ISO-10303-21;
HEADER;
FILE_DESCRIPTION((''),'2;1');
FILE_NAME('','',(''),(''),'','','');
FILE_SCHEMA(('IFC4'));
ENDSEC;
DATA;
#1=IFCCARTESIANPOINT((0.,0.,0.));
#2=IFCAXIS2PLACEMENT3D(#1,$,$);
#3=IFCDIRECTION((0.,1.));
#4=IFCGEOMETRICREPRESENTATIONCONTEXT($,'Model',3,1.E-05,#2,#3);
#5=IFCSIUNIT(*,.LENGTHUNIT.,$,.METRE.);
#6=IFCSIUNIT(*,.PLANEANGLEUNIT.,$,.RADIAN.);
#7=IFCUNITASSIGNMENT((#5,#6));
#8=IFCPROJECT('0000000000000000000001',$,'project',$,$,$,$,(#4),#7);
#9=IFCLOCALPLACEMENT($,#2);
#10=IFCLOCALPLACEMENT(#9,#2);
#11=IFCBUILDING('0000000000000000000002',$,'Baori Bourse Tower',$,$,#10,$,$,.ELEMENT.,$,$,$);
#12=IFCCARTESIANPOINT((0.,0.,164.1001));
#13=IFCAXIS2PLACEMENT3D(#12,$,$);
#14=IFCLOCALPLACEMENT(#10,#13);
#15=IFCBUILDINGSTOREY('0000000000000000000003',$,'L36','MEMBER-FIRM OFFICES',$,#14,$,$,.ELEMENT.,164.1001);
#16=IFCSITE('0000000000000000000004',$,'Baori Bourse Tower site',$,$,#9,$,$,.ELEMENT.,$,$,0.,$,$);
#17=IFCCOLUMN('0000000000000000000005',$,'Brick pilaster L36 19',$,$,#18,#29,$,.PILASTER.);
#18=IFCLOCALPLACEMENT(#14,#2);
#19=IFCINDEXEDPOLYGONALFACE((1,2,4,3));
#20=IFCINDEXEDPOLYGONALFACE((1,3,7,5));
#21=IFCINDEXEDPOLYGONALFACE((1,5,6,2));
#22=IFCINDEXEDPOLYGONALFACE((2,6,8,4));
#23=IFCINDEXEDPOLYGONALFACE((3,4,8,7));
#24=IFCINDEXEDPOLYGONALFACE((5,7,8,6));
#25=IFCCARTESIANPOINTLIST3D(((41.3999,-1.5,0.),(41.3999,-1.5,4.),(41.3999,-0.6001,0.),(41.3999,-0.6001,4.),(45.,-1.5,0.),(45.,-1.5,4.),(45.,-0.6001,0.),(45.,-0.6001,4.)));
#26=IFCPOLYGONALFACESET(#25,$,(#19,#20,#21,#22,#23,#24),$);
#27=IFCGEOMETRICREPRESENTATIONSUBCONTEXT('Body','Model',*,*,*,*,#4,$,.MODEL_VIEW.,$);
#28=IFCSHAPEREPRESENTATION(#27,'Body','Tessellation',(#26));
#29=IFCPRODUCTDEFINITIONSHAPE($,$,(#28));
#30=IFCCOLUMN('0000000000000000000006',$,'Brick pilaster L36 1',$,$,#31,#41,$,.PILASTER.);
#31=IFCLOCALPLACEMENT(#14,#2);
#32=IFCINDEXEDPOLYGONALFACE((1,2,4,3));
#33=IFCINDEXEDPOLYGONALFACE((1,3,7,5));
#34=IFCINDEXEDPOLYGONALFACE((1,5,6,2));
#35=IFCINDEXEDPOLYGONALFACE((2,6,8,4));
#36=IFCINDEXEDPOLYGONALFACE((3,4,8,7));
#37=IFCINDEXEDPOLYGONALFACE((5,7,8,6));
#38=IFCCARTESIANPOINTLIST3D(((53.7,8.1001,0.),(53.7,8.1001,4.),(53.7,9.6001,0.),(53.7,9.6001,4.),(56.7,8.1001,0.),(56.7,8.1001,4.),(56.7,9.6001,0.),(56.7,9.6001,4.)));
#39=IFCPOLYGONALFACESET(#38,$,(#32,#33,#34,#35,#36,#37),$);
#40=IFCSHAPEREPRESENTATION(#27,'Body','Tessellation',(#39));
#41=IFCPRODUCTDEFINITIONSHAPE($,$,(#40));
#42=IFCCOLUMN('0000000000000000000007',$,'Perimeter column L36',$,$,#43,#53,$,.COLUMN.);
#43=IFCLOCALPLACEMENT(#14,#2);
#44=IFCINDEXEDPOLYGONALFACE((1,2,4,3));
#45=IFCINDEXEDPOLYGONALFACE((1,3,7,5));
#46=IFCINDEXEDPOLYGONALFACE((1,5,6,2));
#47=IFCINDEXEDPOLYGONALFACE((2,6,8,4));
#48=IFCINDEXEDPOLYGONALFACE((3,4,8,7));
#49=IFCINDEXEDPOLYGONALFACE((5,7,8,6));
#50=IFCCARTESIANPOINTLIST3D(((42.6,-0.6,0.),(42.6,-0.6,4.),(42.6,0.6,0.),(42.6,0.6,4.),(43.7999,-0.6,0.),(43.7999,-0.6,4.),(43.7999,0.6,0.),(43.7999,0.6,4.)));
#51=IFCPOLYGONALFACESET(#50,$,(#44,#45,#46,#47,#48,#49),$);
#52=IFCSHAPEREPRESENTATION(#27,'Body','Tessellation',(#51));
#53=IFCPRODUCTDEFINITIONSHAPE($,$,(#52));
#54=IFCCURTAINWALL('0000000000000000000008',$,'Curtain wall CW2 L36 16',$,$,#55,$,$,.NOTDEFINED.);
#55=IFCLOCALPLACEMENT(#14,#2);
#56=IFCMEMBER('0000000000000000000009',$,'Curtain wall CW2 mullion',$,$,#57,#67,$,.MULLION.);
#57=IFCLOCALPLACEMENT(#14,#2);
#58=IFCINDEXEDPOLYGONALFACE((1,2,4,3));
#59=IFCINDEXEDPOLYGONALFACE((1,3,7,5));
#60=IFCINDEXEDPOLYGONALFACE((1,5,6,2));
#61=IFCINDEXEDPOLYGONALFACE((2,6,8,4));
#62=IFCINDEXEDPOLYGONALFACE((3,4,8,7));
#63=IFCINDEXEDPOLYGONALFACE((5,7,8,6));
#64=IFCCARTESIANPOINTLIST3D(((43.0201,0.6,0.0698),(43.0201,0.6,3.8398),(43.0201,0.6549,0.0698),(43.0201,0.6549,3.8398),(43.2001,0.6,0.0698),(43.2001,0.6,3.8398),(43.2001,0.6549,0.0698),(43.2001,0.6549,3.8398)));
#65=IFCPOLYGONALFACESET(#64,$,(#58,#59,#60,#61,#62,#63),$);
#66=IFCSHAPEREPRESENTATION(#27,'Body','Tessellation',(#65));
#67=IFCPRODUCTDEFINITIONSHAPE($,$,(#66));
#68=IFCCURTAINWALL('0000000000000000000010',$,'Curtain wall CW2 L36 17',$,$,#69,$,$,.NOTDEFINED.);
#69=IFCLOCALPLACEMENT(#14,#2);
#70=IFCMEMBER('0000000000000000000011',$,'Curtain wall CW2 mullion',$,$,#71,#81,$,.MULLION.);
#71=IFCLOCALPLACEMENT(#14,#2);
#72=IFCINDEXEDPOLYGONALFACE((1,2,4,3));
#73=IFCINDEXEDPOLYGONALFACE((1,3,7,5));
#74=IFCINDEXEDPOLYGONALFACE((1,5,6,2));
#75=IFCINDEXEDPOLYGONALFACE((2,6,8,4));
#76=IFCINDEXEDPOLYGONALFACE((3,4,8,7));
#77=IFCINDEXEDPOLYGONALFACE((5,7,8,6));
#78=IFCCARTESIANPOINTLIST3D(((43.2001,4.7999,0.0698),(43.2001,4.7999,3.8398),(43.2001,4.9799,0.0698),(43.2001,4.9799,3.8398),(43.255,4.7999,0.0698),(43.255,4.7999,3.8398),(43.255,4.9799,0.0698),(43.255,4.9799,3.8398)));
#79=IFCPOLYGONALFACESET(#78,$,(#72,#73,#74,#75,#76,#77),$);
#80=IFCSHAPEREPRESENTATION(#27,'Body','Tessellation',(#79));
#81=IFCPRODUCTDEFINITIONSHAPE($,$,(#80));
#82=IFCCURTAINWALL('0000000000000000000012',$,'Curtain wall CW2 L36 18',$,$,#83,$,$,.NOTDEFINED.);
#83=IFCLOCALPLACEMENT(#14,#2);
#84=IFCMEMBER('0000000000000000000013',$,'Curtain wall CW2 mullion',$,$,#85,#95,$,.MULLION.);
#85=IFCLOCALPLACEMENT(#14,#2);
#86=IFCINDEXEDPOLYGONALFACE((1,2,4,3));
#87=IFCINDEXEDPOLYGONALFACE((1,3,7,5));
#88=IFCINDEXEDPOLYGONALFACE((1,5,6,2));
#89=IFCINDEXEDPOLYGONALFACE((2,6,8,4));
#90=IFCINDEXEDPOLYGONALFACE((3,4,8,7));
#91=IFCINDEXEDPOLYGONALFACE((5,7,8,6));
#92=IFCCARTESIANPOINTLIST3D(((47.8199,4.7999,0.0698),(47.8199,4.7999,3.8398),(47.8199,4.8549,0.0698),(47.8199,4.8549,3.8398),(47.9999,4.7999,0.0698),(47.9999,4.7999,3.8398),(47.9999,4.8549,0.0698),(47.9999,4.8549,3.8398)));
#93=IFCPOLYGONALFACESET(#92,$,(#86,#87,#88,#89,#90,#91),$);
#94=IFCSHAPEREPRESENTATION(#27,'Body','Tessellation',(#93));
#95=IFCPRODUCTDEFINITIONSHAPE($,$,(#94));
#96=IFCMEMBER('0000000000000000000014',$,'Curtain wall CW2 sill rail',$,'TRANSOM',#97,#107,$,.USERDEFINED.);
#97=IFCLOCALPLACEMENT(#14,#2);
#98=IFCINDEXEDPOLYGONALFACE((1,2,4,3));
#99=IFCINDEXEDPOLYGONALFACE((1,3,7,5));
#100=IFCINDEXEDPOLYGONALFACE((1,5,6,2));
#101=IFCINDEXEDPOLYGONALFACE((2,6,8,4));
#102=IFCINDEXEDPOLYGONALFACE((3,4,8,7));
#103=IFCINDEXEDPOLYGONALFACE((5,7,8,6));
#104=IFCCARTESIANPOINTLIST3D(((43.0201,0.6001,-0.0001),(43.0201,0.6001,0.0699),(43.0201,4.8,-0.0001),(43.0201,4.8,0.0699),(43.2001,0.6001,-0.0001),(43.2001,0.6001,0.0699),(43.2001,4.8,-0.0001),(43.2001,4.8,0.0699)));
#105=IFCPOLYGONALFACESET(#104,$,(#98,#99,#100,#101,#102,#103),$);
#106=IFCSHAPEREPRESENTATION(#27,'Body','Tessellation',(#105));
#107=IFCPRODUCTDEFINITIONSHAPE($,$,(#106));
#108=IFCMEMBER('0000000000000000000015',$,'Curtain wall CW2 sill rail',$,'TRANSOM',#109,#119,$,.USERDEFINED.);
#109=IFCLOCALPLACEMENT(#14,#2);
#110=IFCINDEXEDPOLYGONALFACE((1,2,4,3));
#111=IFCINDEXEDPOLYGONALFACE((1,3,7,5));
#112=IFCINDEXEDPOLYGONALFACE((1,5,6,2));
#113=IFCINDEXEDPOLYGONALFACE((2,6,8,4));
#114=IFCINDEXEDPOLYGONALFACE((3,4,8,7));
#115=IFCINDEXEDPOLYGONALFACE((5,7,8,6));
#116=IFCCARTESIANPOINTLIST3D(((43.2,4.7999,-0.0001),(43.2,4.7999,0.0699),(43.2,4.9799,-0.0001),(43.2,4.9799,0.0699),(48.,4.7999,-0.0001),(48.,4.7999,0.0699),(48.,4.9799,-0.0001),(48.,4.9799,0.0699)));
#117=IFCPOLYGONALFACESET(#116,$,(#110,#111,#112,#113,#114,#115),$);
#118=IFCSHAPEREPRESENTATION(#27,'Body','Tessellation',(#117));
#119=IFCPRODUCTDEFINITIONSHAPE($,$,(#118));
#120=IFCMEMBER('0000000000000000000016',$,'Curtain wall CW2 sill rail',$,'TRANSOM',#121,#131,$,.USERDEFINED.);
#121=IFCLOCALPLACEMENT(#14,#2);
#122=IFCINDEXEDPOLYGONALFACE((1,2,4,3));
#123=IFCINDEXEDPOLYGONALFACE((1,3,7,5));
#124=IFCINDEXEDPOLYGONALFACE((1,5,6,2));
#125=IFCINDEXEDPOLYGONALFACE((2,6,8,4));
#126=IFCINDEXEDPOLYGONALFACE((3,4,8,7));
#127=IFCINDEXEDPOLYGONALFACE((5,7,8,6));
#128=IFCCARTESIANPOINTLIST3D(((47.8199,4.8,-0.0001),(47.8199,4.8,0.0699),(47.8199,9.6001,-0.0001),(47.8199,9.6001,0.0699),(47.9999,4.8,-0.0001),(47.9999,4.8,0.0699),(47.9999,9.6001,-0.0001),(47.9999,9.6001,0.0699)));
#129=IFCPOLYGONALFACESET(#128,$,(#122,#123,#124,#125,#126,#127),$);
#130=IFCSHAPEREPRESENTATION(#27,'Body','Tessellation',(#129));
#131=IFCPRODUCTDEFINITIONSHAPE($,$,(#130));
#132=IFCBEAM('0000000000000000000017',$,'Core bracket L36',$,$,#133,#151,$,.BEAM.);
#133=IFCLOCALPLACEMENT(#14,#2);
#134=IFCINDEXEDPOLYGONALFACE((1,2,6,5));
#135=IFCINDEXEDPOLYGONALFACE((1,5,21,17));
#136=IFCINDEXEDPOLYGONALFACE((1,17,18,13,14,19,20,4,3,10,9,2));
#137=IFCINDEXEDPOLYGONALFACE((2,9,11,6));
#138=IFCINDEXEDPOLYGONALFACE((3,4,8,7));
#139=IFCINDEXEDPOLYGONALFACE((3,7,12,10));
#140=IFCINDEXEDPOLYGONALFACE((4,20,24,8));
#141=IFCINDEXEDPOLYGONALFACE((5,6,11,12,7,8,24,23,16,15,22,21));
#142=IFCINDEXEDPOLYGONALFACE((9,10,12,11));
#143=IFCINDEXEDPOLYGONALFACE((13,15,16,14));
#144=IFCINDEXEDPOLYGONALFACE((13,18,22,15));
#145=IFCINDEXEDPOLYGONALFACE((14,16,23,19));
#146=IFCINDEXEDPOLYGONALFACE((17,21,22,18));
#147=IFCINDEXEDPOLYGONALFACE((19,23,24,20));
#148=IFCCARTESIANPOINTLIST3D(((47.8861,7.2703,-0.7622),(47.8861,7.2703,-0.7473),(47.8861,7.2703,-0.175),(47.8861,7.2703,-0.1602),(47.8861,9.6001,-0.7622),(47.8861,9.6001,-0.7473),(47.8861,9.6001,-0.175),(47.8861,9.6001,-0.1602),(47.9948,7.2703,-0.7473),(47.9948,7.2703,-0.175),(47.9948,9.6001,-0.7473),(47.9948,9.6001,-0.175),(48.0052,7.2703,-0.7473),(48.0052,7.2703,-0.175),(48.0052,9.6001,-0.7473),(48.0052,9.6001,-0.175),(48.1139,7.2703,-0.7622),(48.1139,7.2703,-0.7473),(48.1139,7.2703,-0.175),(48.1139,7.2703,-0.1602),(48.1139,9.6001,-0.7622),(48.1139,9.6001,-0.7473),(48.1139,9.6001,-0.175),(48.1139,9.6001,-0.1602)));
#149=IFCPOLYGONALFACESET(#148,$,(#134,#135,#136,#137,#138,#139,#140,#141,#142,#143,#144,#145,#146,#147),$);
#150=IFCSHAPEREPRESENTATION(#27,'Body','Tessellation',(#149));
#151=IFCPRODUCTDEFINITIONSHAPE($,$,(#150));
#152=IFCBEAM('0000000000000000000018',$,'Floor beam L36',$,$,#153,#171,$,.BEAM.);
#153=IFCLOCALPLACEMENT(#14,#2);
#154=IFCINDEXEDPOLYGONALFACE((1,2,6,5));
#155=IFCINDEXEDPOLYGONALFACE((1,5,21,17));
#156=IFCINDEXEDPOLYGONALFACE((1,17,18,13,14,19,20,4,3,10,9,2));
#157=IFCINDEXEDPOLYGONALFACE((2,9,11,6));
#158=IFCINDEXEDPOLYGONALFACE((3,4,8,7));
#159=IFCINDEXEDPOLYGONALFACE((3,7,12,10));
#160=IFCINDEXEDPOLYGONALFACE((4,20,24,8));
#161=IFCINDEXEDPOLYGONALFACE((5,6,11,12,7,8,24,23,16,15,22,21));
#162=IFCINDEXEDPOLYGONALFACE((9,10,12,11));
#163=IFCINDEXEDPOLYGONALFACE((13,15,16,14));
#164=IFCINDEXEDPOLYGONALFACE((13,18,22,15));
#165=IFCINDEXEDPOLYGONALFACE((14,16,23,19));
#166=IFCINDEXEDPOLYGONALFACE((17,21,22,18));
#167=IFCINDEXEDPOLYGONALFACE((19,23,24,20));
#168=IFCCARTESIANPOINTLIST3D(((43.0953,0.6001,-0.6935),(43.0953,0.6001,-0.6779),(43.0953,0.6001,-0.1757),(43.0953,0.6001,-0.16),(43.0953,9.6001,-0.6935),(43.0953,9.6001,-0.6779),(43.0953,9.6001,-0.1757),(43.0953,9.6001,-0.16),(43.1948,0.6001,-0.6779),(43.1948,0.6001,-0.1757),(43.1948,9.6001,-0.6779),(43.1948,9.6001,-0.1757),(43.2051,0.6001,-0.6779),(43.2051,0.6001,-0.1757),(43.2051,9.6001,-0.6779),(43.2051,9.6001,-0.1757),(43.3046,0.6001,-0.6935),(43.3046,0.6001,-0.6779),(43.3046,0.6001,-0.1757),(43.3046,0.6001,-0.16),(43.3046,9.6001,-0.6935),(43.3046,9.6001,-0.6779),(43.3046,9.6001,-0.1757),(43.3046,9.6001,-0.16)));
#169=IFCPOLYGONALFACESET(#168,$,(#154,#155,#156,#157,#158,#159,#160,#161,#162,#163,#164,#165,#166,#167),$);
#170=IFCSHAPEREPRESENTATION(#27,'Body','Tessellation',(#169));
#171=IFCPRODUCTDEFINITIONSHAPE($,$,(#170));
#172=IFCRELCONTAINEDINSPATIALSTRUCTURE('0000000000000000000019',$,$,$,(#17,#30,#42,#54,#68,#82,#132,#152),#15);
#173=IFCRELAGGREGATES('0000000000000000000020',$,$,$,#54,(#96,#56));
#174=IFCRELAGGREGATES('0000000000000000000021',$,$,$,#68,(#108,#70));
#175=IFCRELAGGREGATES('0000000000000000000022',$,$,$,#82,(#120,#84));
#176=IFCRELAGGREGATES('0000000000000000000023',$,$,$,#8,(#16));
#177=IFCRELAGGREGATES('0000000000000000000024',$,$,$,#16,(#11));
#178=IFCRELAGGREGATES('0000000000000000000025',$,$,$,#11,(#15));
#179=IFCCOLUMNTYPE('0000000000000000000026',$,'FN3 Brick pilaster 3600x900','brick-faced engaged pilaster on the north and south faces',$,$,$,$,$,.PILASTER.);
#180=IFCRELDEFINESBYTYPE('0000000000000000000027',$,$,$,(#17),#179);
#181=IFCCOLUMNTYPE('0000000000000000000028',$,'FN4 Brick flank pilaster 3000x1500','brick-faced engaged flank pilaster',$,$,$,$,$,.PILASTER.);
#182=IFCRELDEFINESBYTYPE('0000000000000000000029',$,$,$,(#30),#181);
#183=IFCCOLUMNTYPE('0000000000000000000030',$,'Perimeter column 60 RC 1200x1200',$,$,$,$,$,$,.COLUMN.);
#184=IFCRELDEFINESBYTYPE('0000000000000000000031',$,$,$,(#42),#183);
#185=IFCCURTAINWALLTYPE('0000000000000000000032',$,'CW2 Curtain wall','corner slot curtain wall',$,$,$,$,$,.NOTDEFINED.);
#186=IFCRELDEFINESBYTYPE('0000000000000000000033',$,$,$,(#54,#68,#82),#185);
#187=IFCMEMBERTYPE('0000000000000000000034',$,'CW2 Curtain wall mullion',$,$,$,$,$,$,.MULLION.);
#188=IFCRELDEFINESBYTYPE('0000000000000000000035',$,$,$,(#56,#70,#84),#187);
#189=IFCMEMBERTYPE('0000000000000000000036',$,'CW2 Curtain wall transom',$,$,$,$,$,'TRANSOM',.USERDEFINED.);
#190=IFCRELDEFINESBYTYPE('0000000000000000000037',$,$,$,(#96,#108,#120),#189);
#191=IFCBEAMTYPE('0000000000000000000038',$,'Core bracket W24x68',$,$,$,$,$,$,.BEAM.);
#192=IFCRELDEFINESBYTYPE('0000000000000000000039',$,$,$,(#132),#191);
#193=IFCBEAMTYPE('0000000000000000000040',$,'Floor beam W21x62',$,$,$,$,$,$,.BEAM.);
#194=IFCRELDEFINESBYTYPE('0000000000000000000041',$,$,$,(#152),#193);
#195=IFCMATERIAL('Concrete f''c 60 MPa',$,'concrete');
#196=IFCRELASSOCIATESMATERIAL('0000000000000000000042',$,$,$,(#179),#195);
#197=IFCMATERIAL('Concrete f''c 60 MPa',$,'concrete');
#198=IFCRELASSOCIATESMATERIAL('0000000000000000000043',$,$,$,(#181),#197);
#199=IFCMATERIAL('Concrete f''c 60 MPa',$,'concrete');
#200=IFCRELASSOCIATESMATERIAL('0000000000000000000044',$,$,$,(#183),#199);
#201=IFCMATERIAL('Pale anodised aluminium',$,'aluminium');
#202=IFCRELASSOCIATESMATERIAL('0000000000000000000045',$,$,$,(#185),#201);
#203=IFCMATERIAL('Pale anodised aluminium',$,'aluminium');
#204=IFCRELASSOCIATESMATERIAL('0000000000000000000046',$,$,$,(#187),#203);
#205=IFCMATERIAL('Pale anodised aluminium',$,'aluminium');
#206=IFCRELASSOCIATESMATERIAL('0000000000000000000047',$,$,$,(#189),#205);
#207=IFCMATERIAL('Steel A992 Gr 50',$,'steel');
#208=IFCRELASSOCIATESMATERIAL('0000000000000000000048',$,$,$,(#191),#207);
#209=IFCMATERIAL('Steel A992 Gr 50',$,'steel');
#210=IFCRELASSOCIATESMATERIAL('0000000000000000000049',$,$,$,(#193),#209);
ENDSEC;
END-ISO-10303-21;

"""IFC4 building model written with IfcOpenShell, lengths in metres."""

from ifc_helpers import new_model, si_unit, direction, frame, origin, origin_2d, place, context, subcontext, project, spatial, rectangle, i_section, extrude, material, material_profile, profile_set, type_object, element, aggregate, save


model = new_model("IFC4")

# Units and contexts
model_context = context("Model", 3, precision=1e-05, world=origin(), true_north=direction((0.0, 1.0)))
body_context = subcontext(model_context, "Body", "Model", "MODEL_VIEW")
ifc_project = project(units=[si_unit("LENGTHUNIT", "METRE"), si_unit("PLANEANGLEUNIT", "RADIAN")], contexts=[model_context])

# Site, building, storey
site_placement = place(None, origin())
site = spatial("IfcSite", under=ifc_project, at=site_placement, Name="Baori Bourse Tower site", CompositionType="ELEMENT", RefElevation=0.0)
building_placement = place(site_placement, origin())
building = spatial("IfcBuilding", under=site, at=building_placement, Name="Baori Bourse Tower", CompositionType="ELEMENT")
storey_placement = place(building_placement, frame((0.0, 0.0, 164.1001)))
storey = spatial("IfcBuildingStorey", under=building, at=storey_placement, Name="L36", Description="MEMBER-FIRM OFFICES", CompositionType="ELEMENT", Elevation=164.1001)

# Columns
ifc_material_1 = material(Name="Concrete f'c 60 MPa", Category="concrete")
ifc_material_profile_1 = material_profile(ifc_material_1, rectangle(XDim=3.6001, YDim=0.8999, at=origin_2d()), Name="RC 3600x900")
ifc_profile_set_1 = profile_set([ifc_material_profile_1], Name="Concrete f'c 60 MPa")
column_type_1 = type_object("IfcColumnType", Name="FN3 Brick pilaster 3600x900", Description="brick-faced engaged pilaster on the north and south faces", PredefinedType="PILASTER", material=ifc_profile_set_1)
column_1_placement = place(storey_placement, frame((43.2, -1.05, 0.0), z_axis=(0.0, 0.0, 1.0), x_axis=(1.0, 0.0, 0.0)))
element("IfcColumn", 1, at=column_1_placement, inside=storey, type_object=column_type_1, Name="Brick pilaster L36 19", PredefinedType="PILASTER", context=body_context, shape_type="SweptSolid", body=[
    extrude(rectangle(XDim=3.6001, YDim=0.8999, at=origin_2d()), origin(), (0.0, 0.0, 1.0), 4.0),
])
ifc_material_2 = material(Name="Concrete f'c 60 MPa", Category="concrete")
ifc_material_profile_2 = material_profile(ifc_material_2, rectangle(XDim=3.0, YDim=1.5, at=origin_2d()), Name="RC 3000x1500")
ifc_profile_set_2 = profile_set([ifc_material_profile_2], Name="Concrete f'c 60 MPa")
column_type_2 = type_object("IfcColumnType", Name="FN4 Brick flank pilaster 3000x1500", Description="brick-faced engaged flank pilaster", PredefinedType="PILASTER", material=ifc_profile_set_2)
column_2_placement = place(storey_placement, frame((55.2, 8.8501, 0.0), z_axis=(0.0, 0.0, 1.0), x_axis=(1.0, 0.0, 0.0)))
element("IfcColumn", 2, at=column_2_placement, inside=storey, type_object=column_type_2, Name="Brick pilaster L36 1", PredefinedType="PILASTER", context=body_context, shape_type="SweptSolid", body=[
    extrude(rectangle(XDim=3.0, YDim=1.5, at=origin_2d()), origin(), (0.0, 0.0, 1.0), 4.0),
])
ifc_material_3 = material(Name="Concrete f'c 60 MPa", Category="concrete")
ifc_material_profile_3 = material_profile(ifc_material_3, rectangle(XDim=1.2, YDim=1.2, at=origin_2d()), Name="RC 1200x1200")
ifc_profile_set_3 = profile_set([ifc_material_profile_3], Name="Concrete f'c 60 MPa")
column_type_3 = type_object("IfcColumnType", Name="Perimeter column 60 RC 1200x1200", PredefinedType="COLUMN", material=ifc_profile_set_3)
column_3_placement = place(storey_placement, frame((43.2, 0.0, 0.0), z_axis=(0.0, 0.0, 1.0), x_axis=(1.0, 0.0, 0.0)))
element("IfcColumn", 3, at=column_3_placement, inside=storey, type_object=column_type_3, Name="Perimeter column L36", PredefinedType="COLUMN", context=body_context, shape_type="SweptSolid", body=[
    extrude(rectangle(XDim=1.2, YDim=1.2, at=origin_2d()), origin(), (0.0, 0.0, 1.0), 4.0),
])

# Curtain walls, members
ifc_material_4 = material(Name="Pale anodised aluminium", Category="aluminium")
curtain_wall_type_1 = type_object("IfcCurtainWallType", Name="CW2 Curtain wall", Description="corner slot curtain wall", PredefinedType="NOTDEFINED", material=ifc_material_4)
curtain_wall_1_placement = place(storey_placement, origin())
curtain_wall_1 = element("IfcCurtainWall", 4, at=curtain_wall_1_placement, inside=storey, type_object=curtain_wall_type_1, Name="Curtain wall CW2 L36 16", PredefinedType="NOTDEFINED")
ifc_material_5 = material(Name="Pale anodised aluminium", Category="aluminium")
ifc_material_profile_4 = material_profile(ifc_material_5, rectangle(XDim=0.1799, YDim=0.0549, at=origin_2d()), Name="Mullion 55x180")
ifc_profile_set_4 = profile_set([ifc_material_profile_4], Name="Pale anodised aluminium")
member_type_1 = type_object("IfcMemberType", Name="CW2 Curtain wall mullion", PredefinedType="MULLION", material=ifc_profile_set_4)
member_1_placement = place(storey_placement, frame((43.1101, 0.6274, 0.0698), z_axis=(0.0, 0.0, 1.0), x_axis=(-1.0, 0.0, 0.0)))
member_1 = element("IfcMember", 5, at=member_1_placement, type_object=member_type_1, Name="Curtain wall CW2 mullion", PredefinedType="MULLION", context=body_context, shape_type="SweptSolid", body=[
    extrude(rectangle(XDim=0.1799, YDim=0.0549, at=origin_2d()), origin(), (0.0, 0.0, 1.0), 3.77),
])
curtain_wall_2_placement = place(storey_placement, origin())
curtain_wall_2 = element("IfcCurtainWall", 6, at=curtain_wall_2_placement, inside=storey, type_object=curtain_wall_type_1, Name="Curtain wall CW2 L36 17", PredefinedType="NOTDEFINED")
member_2_placement = place(storey_placement, frame((43.2275, 4.8899, 0.0698), z_axis=(0.0, 0.0, 1.0), x_axis=(0.0, 1.0, 0.0)))
member_2 = element("IfcMember", 7, at=member_2_placement, type_object=member_type_1, Name="Curtain wall CW2 mullion", PredefinedType="MULLION", context=body_context, shape_type="SweptSolid", body=[
    extrude(rectangle(XDim=0.1799, YDim=0.0549, at=origin_2d()), origin(), (0.0, 0.0, 1.0), 3.77),
])
curtain_wall_3_placement = place(storey_placement, origin())
curtain_wall_3 = element("IfcCurtainWall", 8, at=curtain_wall_3_placement, inside=storey, type_object=curtain_wall_type_1, Name="Curtain wall CW2 L36 18", PredefinedType="NOTDEFINED")
member_3_placement = place(storey_placement, frame((47.9099, 4.8274, 0.0698), z_axis=(0.0, 0.0, 1.0), x_axis=(-1.0, 0.0, 0.0)))
member_3 = element("IfcMember", 9, at=member_3_placement, type_object=member_type_1, Name="Curtain wall CW2 mullion", PredefinedType="MULLION", context=body_context, shape_type="SweptSolid", body=[
    extrude(rectangle(XDim=0.1799, YDim=0.0549, at=origin_2d()), origin(), (0.0, 0.0, 1.0), 3.77),
])

# Members
ifc_material_6 = material(Name="Pale anodised aluminium", Category="aluminium")
ifc_material_profile_5 = material_profile(ifc_material_6, rectangle(XDim=0.1799, YDim=0.0701, at=origin_2d()), Name="Transom 70x180")
ifc_profile_set_5 = profile_set([ifc_material_profile_5], Name="Pale anodised aluminium")
member_type_2 = type_object("IfcMemberType", Name="CW2 Curtain wall transom", ElementType="TRANSOM", PredefinedType="USERDEFINED", material=ifc_profile_set_5)
member_4_placement = place(storey_placement, frame((43.1101, 0.6001, 0.0349), z_axis=(0.0, 1.0, 0.0), x_axis=(-1.0, 0.0, 0.0)))
member_4 = element("IfcMember", 10, at=member_4_placement, type_object=member_type_2, Name="Curtain wall CW2 sill rail", ObjectType="TRANSOM", PredefinedType="USERDEFINED", context=body_context, shape_type="SweptSolid", body=[
    extrude(rectangle(XDim=0.1799, YDim=0.0701, at=origin_2d()), origin(), (0.0, 0.0, 1.0), 4.2),
])
member_5_placement = place(storey_placement, frame((43.2, 4.8899, 0.0349), z_axis=(1.0, 0.0, 0.0), x_axis=(0.0, 1.0, 0.0)))
member_5 = element("IfcMember", 11, at=member_5_placement, type_object=member_type_2, Name="Curtain wall CW2 sill rail", ObjectType="TRANSOM", PredefinedType="USERDEFINED", context=body_context, shape_type="SweptSolid", body=[
    extrude(rectangle(XDim=0.1799, YDim=0.0701, at=origin_2d()), origin(), (0.0, 0.0, 1.0), 4.8),
])
member_6_placement = place(storey_placement, frame((47.9099, 4.8, 0.0349), z_axis=(0.0, 1.0, 0.0), x_axis=(-1.0, 0.0, 0.0)))
member_6 = element("IfcMember", 12, at=member_6_placement, type_object=member_type_2, Name="Curtain wall CW2 sill rail", ObjectType="TRANSOM", PredefinedType="USERDEFINED", context=body_context, shape_type="SweptSolid", body=[
    extrude(rectangle(XDim=0.1799, YDim=0.0701, at=origin_2d()), origin(), (0.0, 0.0, 1.0), 4.8),
])

# Beams
ifc_material_7 = material(Name="Steel A992 Gr 50", Category="steel")
ifc_material_profile_6 = material_profile(ifc_material_7, i_section(OverallWidth=0.2278, OverallDepth=0.6021, WebThickness=0.0105, FlangeThickness=0.0149, at=origin_2d()), Name="W24x68")
ifc_profile_set_6 = profile_set([ifc_material_profile_6], Name="Steel A992 Gr 50")
beam_type_1 = type_object("IfcBeamType", Name="Core bracket W24x68", PredefinedType="BEAM", material=ifc_profile_set_6)
beam_1_placement = place(storey_placement, frame((48.0, 7.2703, -0.4612), z_axis=(0.0, 1.0, 0.0), x_axis=(-1.0, 0.0, 0.0)))
element("IfcBeam", 13, at=beam_1_placement, inside=storey, type_object=beam_type_1, Name="Core bracket L36", PredefinedType="BEAM", context=body_context, shape_type="SweptSolid", body=[
    extrude(i_section(OverallWidth=0.2278, OverallDepth=0.6021, WebThickness=0.0105, FlangeThickness=0.0149, at=origin_2d()), origin(), (0.0, 0.0, 1.0), 2.3298),
])
ifc_material_8 = material(Name="Steel A992 Gr 50", Category="steel")
ifc_material_profile_7 = material_profile(ifc_material_8, i_section(OverallWidth=0.2092, OverallDepth=0.5334, WebThickness=0.0103, FlangeThickness=0.0156, at=origin_2d()), Name="W21x62")
ifc_profile_set_7 = profile_set([ifc_material_profile_7], Name="Steel A992 Gr 50")
beam_type_2 = type_object("IfcBeamType", Name="Floor beam W21x62", PredefinedType="BEAM", material=ifc_profile_set_7)
beam_2_placement = place(storey_placement, frame((43.2, 0.6001, -0.4268), z_axis=(0.0, 1.0, 0.0), x_axis=(-1.0, 0.0, 0.0)))
element("IfcBeam", 14, at=beam_2_placement, inside=storey, type_object=beam_type_2, Name="Floor beam L36", PredefinedType="BEAM", context=body_context, shape_type="SweptSolid", body=[
    extrude(i_section(OverallWidth=0.2092, OverallDepth=0.5334, WebThickness=0.0103, FlangeThickness=0.0156, at=origin_2d()), origin(), (0.0, 0.0, 1.0), 9.0),
])

aggregate(curtain_wall_1, [member_4, member_1])
aggregate(curtain_wall_2, [member_5, member_2])
aggregate(curtain_wall_3, [member_6, member_3])

save(model, "model.ifc")
